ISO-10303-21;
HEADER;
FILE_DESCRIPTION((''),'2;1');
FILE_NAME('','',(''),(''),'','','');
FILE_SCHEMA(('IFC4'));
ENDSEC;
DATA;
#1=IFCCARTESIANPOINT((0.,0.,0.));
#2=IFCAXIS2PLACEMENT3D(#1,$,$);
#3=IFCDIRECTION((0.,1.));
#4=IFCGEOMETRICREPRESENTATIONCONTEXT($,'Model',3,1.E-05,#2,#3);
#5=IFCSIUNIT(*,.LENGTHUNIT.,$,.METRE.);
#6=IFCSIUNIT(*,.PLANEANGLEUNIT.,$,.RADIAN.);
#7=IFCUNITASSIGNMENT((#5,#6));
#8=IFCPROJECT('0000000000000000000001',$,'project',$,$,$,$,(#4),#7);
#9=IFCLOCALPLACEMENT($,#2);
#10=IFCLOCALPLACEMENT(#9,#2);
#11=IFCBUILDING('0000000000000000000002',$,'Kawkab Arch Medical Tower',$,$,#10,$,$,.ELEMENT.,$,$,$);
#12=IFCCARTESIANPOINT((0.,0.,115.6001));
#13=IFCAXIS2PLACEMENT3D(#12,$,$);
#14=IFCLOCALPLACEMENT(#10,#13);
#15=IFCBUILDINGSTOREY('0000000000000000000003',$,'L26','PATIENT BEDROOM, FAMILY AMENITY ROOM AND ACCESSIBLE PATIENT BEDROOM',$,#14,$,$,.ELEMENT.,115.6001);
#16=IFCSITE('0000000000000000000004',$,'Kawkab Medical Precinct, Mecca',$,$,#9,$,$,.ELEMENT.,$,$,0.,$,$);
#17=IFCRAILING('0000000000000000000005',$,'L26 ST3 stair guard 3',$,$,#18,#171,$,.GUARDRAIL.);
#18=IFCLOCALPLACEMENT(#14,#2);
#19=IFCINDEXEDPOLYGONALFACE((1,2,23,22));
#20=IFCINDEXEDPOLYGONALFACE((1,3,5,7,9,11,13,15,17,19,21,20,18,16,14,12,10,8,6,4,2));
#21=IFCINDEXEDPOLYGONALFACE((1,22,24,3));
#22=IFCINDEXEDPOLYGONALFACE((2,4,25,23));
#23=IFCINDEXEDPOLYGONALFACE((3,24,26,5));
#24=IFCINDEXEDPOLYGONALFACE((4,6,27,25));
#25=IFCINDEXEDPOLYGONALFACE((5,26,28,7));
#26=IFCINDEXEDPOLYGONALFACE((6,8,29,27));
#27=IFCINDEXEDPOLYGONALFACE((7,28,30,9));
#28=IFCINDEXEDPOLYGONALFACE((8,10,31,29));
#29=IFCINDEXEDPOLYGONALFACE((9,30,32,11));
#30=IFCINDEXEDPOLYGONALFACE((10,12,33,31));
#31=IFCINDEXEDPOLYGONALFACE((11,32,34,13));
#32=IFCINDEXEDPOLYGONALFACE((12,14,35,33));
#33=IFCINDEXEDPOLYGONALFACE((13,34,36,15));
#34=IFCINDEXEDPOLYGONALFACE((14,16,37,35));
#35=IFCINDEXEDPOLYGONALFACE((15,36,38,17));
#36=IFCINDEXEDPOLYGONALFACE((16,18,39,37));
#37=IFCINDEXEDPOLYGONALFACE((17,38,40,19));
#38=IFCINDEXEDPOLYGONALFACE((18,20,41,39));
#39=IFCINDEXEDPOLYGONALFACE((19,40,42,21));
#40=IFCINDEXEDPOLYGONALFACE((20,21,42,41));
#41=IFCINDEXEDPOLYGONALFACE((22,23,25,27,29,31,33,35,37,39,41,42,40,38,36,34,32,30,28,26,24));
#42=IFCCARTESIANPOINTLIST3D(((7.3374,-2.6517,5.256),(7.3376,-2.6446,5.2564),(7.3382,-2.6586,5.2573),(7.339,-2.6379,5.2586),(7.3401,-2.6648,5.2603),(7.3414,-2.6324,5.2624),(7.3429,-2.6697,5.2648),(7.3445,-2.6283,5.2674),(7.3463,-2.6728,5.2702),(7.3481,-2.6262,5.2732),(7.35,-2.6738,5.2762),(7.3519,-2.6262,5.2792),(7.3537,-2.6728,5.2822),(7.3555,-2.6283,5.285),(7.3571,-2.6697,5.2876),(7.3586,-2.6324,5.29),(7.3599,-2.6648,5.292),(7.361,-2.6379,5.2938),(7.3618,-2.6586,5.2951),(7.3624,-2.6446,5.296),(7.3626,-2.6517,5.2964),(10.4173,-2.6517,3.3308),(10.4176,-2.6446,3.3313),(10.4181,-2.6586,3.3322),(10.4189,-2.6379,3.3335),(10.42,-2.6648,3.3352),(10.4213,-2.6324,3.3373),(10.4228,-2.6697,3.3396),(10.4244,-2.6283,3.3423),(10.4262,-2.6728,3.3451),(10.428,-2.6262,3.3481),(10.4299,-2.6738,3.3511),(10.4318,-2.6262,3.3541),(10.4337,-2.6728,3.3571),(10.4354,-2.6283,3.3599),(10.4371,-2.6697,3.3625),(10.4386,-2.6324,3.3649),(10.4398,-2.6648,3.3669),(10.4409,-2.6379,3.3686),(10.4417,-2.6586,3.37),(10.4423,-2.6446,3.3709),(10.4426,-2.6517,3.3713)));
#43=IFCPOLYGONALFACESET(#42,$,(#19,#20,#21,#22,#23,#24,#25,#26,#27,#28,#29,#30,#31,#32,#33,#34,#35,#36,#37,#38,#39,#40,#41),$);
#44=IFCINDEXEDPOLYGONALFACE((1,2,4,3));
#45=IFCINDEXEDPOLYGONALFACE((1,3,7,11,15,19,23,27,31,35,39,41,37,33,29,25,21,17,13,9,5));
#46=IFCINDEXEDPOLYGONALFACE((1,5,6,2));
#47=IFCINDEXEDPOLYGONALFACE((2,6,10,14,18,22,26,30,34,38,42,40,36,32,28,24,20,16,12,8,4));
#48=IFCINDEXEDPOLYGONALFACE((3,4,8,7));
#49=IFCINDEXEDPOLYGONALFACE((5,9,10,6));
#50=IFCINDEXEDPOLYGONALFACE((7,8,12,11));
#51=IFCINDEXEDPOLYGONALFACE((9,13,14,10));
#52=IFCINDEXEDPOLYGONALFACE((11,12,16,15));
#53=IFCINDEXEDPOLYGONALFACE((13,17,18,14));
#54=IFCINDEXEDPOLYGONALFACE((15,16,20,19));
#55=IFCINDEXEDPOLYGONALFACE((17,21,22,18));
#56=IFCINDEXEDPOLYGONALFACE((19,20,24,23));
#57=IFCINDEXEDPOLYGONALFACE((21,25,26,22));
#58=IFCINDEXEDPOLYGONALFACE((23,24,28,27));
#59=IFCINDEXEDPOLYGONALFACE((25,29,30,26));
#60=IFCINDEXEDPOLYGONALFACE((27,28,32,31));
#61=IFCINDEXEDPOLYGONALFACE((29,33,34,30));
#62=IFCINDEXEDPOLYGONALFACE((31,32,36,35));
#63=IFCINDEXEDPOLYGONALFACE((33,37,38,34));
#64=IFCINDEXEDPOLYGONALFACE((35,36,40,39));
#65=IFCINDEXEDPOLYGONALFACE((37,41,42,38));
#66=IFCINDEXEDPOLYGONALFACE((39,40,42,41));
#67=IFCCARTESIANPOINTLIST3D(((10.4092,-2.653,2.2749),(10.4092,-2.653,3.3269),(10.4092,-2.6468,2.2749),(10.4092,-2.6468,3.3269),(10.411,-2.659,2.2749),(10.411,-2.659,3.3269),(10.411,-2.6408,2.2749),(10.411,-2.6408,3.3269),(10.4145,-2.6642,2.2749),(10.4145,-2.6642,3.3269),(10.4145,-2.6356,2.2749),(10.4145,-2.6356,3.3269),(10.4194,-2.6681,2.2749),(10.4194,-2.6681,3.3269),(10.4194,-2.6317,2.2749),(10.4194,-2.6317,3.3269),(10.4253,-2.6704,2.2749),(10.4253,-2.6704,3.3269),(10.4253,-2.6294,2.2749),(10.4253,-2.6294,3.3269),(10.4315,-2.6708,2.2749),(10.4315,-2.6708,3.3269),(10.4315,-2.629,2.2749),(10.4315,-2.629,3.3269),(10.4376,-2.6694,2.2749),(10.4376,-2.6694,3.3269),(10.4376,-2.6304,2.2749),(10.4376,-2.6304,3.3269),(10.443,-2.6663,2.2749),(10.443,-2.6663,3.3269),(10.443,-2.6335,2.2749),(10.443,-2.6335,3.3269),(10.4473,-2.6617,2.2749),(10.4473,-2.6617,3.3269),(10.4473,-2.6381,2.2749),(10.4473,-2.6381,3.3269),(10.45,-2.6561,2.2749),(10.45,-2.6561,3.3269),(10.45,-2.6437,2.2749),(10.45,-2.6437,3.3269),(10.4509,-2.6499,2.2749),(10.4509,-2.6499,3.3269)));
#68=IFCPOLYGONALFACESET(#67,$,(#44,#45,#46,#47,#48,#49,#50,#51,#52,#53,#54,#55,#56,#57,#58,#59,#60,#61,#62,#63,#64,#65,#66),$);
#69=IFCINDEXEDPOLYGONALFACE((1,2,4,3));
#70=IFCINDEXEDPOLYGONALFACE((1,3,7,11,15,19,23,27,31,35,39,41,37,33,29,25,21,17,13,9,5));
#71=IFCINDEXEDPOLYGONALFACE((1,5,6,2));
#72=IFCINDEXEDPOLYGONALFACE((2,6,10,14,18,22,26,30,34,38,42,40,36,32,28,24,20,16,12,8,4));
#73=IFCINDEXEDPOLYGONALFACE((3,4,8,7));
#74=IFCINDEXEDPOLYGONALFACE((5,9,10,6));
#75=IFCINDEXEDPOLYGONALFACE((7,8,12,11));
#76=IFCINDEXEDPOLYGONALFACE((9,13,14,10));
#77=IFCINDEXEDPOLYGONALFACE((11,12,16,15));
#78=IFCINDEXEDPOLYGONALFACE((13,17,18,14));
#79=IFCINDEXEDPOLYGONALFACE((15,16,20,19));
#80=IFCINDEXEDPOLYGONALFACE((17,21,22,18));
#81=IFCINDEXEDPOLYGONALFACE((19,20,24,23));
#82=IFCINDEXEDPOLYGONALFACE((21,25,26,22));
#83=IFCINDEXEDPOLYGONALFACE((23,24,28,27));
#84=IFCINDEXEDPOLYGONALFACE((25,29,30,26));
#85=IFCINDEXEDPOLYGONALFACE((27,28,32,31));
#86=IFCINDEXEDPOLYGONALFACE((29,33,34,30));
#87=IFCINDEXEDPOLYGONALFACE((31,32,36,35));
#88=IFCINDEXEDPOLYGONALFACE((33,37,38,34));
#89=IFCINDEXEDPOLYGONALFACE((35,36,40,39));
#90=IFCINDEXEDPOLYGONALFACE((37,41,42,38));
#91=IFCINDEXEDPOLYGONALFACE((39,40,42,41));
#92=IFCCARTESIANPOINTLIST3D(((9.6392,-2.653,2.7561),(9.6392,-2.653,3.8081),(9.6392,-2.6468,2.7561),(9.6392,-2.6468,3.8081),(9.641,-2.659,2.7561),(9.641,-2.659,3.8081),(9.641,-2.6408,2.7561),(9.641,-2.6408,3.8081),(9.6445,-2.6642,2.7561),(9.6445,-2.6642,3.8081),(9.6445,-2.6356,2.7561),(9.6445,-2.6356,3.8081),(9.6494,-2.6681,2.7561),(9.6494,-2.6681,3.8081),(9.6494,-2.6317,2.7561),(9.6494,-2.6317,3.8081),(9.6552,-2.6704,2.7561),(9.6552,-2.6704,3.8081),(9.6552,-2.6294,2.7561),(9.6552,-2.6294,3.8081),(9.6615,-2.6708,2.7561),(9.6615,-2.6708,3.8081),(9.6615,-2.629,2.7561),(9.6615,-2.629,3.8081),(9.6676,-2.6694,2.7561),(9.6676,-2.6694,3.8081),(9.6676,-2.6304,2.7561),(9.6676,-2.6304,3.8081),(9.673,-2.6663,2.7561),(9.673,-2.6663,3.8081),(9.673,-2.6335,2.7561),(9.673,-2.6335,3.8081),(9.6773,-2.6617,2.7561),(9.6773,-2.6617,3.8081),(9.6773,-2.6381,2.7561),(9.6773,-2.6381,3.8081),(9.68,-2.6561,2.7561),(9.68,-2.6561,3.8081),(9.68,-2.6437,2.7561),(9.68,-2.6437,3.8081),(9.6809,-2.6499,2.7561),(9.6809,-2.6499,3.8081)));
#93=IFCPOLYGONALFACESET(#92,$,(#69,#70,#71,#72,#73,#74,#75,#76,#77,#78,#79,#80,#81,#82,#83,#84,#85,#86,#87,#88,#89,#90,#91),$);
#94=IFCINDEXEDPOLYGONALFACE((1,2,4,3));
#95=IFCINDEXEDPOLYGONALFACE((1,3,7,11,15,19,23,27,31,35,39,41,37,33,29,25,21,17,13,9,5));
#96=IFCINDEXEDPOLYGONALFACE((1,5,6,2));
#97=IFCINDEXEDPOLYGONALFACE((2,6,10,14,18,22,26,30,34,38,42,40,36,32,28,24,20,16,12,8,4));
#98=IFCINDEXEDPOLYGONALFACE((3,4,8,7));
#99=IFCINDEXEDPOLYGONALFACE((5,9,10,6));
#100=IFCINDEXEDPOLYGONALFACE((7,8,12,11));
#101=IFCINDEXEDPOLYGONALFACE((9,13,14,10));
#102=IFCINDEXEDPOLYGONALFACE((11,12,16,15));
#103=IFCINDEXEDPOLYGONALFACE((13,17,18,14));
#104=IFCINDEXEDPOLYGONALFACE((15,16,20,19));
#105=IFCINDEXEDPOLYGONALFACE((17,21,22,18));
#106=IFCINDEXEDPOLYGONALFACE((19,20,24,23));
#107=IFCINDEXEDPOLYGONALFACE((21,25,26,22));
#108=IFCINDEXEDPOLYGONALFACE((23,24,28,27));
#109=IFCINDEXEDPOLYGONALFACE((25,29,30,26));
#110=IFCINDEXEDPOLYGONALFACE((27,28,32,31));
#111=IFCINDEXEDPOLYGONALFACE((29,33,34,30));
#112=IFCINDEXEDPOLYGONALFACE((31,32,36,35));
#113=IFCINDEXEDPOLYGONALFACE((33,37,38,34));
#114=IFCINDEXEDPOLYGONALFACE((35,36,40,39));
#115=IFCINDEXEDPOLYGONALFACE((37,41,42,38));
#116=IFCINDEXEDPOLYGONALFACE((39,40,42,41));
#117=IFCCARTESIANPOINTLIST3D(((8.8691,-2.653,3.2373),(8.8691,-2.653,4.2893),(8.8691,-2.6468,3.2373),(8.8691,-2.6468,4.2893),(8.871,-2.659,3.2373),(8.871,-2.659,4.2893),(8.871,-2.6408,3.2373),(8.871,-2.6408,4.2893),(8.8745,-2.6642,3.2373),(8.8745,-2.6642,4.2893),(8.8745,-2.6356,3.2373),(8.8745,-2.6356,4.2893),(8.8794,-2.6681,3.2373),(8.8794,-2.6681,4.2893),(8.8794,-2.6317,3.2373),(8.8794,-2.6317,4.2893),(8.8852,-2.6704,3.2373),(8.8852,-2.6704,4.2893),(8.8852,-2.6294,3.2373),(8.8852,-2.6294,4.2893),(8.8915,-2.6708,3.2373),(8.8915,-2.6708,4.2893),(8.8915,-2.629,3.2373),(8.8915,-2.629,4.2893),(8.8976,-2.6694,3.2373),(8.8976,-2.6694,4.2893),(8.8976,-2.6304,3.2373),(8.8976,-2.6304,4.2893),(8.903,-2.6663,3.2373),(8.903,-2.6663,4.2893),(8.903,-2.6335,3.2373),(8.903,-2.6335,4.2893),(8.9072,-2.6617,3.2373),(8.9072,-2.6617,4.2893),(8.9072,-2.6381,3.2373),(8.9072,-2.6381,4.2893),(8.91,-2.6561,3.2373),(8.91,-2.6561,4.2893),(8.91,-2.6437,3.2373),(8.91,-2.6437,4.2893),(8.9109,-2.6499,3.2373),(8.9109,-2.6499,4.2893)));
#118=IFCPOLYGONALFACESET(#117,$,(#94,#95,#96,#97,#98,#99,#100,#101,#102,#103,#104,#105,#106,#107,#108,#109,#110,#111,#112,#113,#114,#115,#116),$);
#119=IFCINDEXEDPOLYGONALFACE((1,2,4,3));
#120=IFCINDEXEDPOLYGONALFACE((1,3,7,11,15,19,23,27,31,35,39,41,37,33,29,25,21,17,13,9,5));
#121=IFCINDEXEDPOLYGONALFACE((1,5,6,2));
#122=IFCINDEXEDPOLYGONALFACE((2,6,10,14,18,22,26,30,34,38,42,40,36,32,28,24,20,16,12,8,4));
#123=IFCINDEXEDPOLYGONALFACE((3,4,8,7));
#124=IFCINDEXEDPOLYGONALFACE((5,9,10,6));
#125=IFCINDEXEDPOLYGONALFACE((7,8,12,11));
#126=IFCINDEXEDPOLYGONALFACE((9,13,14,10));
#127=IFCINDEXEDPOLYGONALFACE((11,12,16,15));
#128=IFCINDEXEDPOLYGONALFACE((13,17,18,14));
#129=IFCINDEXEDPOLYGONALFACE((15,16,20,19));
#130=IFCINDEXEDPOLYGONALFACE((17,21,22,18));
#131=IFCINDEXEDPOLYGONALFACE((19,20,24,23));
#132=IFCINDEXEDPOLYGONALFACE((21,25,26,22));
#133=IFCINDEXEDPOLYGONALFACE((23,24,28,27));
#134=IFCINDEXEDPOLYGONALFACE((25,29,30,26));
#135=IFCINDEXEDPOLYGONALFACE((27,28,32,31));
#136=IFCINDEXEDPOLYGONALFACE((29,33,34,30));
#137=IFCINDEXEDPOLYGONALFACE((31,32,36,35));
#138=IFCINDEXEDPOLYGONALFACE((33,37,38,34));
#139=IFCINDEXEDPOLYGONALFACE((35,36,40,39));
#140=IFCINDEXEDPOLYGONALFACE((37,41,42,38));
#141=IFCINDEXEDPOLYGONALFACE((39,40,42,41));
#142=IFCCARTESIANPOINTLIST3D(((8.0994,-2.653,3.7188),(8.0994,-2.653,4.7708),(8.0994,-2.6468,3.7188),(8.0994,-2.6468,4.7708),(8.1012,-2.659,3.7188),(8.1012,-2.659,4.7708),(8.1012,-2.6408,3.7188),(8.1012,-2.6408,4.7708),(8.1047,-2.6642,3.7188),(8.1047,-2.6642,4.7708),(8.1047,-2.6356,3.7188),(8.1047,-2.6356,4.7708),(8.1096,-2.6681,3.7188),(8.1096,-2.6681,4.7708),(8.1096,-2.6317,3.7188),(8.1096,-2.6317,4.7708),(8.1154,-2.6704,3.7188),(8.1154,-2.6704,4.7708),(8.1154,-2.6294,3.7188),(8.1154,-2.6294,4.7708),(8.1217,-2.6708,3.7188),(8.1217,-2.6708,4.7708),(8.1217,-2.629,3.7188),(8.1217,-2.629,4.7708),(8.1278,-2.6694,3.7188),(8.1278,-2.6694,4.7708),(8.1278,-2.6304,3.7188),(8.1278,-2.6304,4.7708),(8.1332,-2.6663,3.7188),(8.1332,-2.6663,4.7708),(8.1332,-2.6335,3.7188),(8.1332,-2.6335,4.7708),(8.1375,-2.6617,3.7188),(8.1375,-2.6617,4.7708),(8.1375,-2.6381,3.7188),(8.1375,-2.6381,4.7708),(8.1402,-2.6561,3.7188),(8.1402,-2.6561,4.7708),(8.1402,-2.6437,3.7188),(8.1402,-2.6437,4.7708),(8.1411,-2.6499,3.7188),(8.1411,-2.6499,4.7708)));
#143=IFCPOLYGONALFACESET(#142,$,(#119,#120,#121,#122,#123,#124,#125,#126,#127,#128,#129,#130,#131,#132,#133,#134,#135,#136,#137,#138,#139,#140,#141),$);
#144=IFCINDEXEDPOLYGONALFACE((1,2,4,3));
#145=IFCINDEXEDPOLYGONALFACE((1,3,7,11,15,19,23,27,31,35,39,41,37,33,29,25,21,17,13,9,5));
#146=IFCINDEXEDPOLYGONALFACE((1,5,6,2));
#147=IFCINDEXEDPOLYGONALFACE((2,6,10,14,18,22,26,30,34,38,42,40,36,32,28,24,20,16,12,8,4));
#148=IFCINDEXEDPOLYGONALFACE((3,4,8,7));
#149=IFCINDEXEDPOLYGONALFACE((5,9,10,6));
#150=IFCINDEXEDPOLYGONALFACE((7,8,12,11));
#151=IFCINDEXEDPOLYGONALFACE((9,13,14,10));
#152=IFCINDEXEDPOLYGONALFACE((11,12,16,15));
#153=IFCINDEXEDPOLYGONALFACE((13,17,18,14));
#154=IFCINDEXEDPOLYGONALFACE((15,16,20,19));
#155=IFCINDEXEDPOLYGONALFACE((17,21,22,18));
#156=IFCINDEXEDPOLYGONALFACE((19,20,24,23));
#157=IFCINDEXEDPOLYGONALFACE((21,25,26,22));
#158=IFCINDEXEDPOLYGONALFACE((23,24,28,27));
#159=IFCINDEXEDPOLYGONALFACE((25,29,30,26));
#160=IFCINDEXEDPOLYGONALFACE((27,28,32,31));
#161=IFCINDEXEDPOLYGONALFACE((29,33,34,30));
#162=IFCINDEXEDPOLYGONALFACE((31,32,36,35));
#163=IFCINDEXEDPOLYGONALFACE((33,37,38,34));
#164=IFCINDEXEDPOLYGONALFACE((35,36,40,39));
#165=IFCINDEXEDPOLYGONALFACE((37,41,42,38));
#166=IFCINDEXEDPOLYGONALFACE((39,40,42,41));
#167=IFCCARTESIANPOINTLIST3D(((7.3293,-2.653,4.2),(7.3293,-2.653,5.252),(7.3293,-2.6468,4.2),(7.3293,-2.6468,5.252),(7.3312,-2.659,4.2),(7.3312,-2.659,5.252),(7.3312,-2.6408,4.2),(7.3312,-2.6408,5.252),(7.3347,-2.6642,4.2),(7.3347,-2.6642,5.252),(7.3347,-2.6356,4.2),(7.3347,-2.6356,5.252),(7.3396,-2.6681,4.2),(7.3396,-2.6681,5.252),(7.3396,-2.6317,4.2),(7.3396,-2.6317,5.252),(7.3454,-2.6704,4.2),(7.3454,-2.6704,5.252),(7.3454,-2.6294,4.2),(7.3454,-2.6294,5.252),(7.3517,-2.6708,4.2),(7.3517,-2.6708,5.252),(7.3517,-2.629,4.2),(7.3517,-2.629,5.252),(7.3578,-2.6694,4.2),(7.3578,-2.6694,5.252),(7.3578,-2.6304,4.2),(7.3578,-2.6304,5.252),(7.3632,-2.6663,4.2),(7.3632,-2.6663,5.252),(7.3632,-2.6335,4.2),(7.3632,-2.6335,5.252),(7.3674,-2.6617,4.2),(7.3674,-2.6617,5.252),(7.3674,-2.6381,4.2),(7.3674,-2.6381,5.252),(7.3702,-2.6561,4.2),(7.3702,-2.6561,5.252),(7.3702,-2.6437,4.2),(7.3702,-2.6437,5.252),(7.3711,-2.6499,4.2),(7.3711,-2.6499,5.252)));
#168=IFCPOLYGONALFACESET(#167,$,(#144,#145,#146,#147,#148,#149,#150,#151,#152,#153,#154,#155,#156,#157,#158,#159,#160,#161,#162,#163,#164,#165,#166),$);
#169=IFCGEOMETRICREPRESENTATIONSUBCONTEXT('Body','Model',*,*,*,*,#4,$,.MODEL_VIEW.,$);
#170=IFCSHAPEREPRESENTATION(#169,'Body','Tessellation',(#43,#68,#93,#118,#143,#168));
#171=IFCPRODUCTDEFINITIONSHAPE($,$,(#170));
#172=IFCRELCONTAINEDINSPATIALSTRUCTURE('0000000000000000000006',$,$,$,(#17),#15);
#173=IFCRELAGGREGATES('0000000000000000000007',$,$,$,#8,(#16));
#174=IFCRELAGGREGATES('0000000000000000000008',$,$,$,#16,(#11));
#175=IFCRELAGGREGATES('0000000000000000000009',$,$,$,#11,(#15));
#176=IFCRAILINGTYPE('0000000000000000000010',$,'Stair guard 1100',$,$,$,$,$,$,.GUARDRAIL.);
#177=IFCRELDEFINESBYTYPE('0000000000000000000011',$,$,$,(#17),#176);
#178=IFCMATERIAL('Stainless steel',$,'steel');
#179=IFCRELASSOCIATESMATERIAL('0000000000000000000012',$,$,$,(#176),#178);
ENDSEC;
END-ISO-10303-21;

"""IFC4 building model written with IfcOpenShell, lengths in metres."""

from ifc_helpers import new_model, si_unit, direction, frame, origin, origin_2d, place, context, subcontext, project, spatial, circle, extrude, material, type_object, element, save


model = new_model("IFC4")

# Units and contexts
model_context = context("Model", 3, precision=1e-05, world=origin(), true_north=direction((0.0, 1.0)))
body_context = subcontext(model_context, "Body", "Model", "MODEL_VIEW")
ifc_project = project(units=[si_unit("LENGTHUNIT", "METRE"), si_unit("PLANEANGLEUNIT", "RADIAN")], contexts=[model_context])

# Site, building, storey
site_placement = place(None, origin())
site = spatial("IfcSite", under=ifc_project, at=site_placement, Name="Kawkab Medical Precinct, Mecca", CompositionType="ELEMENT", RefElevation=0.0)
building_placement = place(site_placement, origin())
building = spatial("IfcBuilding", under=site, at=building_placement, Name="Kawkab Arch Medical Tower", CompositionType="ELEMENT")
storey_placement = place(building_placement, frame((0.0, 0.0, 115.6001)))
storey = spatial("IfcBuildingStorey", under=building, at=storey_placement, Name="L26", Description="PATIENT BEDROOM, FAMILY AMENITY ROOM AND ACCESSIBLE PATIENT BEDROOM", CompositionType="ELEMENT", Elevation=115.6001)

# Railing
ifc_material_1 = material(Name="Stainless steel", Category="steel")
railing_type_1 = type_object("IfcRailingType", Name="Stair guard 1100", PredefinedType="GUARDRAIL", material=ifc_material_1)
railing_1_placement = place(storey_placement, frame((10.4299, -2.6499, 2.2749)))
element("IfcRailing", 1, at=railing_1_placement, inside=storey, type_object=railing_type_1, Name="L26 ST3 stair guard 3", PredefinedType="GUARDRAIL", context=body_context, shape_type="SweptSolid", body=[
    extrude(circle(Radius=0.0239, at=origin_2d()), frame((0.0, 0.0, 1.0762), z_axis=(-0.847979, 0.0, 0.530029), x_axis=(0.0, -1.0, 0.0)), (0.0, 0.0, 1.0), 3.6321),
    extrude(circle(Radius=0.021, at=origin_2d()), origin(), (0.0, 0.0, 1.0), 1.052),
    extrude(circle(Radius=0.021, at=origin_2d()), frame((-0.77, 0.0, 0.4812)), (0.0, 0.0, 1.0), 1.052),
    extrude(circle(Radius=0.021, at=origin_2d()), frame((-1.54, 0.0, 0.9624)), (0.0, 0.0, 1.0), 1.052),
    extrude(circle(Radius=0.021, at=origin_2d()), frame((-2.3098, 0.0, 1.4438)), (0.0, 0.0, 1.0), 1.052),
    extrude(circle(Radius=0.021, at=origin_2d()), frame((-3.0798, 0.0, 1.925)), (0.0, 0.0, 1.0), 1.052),
])

save(model, "model.ifc")
